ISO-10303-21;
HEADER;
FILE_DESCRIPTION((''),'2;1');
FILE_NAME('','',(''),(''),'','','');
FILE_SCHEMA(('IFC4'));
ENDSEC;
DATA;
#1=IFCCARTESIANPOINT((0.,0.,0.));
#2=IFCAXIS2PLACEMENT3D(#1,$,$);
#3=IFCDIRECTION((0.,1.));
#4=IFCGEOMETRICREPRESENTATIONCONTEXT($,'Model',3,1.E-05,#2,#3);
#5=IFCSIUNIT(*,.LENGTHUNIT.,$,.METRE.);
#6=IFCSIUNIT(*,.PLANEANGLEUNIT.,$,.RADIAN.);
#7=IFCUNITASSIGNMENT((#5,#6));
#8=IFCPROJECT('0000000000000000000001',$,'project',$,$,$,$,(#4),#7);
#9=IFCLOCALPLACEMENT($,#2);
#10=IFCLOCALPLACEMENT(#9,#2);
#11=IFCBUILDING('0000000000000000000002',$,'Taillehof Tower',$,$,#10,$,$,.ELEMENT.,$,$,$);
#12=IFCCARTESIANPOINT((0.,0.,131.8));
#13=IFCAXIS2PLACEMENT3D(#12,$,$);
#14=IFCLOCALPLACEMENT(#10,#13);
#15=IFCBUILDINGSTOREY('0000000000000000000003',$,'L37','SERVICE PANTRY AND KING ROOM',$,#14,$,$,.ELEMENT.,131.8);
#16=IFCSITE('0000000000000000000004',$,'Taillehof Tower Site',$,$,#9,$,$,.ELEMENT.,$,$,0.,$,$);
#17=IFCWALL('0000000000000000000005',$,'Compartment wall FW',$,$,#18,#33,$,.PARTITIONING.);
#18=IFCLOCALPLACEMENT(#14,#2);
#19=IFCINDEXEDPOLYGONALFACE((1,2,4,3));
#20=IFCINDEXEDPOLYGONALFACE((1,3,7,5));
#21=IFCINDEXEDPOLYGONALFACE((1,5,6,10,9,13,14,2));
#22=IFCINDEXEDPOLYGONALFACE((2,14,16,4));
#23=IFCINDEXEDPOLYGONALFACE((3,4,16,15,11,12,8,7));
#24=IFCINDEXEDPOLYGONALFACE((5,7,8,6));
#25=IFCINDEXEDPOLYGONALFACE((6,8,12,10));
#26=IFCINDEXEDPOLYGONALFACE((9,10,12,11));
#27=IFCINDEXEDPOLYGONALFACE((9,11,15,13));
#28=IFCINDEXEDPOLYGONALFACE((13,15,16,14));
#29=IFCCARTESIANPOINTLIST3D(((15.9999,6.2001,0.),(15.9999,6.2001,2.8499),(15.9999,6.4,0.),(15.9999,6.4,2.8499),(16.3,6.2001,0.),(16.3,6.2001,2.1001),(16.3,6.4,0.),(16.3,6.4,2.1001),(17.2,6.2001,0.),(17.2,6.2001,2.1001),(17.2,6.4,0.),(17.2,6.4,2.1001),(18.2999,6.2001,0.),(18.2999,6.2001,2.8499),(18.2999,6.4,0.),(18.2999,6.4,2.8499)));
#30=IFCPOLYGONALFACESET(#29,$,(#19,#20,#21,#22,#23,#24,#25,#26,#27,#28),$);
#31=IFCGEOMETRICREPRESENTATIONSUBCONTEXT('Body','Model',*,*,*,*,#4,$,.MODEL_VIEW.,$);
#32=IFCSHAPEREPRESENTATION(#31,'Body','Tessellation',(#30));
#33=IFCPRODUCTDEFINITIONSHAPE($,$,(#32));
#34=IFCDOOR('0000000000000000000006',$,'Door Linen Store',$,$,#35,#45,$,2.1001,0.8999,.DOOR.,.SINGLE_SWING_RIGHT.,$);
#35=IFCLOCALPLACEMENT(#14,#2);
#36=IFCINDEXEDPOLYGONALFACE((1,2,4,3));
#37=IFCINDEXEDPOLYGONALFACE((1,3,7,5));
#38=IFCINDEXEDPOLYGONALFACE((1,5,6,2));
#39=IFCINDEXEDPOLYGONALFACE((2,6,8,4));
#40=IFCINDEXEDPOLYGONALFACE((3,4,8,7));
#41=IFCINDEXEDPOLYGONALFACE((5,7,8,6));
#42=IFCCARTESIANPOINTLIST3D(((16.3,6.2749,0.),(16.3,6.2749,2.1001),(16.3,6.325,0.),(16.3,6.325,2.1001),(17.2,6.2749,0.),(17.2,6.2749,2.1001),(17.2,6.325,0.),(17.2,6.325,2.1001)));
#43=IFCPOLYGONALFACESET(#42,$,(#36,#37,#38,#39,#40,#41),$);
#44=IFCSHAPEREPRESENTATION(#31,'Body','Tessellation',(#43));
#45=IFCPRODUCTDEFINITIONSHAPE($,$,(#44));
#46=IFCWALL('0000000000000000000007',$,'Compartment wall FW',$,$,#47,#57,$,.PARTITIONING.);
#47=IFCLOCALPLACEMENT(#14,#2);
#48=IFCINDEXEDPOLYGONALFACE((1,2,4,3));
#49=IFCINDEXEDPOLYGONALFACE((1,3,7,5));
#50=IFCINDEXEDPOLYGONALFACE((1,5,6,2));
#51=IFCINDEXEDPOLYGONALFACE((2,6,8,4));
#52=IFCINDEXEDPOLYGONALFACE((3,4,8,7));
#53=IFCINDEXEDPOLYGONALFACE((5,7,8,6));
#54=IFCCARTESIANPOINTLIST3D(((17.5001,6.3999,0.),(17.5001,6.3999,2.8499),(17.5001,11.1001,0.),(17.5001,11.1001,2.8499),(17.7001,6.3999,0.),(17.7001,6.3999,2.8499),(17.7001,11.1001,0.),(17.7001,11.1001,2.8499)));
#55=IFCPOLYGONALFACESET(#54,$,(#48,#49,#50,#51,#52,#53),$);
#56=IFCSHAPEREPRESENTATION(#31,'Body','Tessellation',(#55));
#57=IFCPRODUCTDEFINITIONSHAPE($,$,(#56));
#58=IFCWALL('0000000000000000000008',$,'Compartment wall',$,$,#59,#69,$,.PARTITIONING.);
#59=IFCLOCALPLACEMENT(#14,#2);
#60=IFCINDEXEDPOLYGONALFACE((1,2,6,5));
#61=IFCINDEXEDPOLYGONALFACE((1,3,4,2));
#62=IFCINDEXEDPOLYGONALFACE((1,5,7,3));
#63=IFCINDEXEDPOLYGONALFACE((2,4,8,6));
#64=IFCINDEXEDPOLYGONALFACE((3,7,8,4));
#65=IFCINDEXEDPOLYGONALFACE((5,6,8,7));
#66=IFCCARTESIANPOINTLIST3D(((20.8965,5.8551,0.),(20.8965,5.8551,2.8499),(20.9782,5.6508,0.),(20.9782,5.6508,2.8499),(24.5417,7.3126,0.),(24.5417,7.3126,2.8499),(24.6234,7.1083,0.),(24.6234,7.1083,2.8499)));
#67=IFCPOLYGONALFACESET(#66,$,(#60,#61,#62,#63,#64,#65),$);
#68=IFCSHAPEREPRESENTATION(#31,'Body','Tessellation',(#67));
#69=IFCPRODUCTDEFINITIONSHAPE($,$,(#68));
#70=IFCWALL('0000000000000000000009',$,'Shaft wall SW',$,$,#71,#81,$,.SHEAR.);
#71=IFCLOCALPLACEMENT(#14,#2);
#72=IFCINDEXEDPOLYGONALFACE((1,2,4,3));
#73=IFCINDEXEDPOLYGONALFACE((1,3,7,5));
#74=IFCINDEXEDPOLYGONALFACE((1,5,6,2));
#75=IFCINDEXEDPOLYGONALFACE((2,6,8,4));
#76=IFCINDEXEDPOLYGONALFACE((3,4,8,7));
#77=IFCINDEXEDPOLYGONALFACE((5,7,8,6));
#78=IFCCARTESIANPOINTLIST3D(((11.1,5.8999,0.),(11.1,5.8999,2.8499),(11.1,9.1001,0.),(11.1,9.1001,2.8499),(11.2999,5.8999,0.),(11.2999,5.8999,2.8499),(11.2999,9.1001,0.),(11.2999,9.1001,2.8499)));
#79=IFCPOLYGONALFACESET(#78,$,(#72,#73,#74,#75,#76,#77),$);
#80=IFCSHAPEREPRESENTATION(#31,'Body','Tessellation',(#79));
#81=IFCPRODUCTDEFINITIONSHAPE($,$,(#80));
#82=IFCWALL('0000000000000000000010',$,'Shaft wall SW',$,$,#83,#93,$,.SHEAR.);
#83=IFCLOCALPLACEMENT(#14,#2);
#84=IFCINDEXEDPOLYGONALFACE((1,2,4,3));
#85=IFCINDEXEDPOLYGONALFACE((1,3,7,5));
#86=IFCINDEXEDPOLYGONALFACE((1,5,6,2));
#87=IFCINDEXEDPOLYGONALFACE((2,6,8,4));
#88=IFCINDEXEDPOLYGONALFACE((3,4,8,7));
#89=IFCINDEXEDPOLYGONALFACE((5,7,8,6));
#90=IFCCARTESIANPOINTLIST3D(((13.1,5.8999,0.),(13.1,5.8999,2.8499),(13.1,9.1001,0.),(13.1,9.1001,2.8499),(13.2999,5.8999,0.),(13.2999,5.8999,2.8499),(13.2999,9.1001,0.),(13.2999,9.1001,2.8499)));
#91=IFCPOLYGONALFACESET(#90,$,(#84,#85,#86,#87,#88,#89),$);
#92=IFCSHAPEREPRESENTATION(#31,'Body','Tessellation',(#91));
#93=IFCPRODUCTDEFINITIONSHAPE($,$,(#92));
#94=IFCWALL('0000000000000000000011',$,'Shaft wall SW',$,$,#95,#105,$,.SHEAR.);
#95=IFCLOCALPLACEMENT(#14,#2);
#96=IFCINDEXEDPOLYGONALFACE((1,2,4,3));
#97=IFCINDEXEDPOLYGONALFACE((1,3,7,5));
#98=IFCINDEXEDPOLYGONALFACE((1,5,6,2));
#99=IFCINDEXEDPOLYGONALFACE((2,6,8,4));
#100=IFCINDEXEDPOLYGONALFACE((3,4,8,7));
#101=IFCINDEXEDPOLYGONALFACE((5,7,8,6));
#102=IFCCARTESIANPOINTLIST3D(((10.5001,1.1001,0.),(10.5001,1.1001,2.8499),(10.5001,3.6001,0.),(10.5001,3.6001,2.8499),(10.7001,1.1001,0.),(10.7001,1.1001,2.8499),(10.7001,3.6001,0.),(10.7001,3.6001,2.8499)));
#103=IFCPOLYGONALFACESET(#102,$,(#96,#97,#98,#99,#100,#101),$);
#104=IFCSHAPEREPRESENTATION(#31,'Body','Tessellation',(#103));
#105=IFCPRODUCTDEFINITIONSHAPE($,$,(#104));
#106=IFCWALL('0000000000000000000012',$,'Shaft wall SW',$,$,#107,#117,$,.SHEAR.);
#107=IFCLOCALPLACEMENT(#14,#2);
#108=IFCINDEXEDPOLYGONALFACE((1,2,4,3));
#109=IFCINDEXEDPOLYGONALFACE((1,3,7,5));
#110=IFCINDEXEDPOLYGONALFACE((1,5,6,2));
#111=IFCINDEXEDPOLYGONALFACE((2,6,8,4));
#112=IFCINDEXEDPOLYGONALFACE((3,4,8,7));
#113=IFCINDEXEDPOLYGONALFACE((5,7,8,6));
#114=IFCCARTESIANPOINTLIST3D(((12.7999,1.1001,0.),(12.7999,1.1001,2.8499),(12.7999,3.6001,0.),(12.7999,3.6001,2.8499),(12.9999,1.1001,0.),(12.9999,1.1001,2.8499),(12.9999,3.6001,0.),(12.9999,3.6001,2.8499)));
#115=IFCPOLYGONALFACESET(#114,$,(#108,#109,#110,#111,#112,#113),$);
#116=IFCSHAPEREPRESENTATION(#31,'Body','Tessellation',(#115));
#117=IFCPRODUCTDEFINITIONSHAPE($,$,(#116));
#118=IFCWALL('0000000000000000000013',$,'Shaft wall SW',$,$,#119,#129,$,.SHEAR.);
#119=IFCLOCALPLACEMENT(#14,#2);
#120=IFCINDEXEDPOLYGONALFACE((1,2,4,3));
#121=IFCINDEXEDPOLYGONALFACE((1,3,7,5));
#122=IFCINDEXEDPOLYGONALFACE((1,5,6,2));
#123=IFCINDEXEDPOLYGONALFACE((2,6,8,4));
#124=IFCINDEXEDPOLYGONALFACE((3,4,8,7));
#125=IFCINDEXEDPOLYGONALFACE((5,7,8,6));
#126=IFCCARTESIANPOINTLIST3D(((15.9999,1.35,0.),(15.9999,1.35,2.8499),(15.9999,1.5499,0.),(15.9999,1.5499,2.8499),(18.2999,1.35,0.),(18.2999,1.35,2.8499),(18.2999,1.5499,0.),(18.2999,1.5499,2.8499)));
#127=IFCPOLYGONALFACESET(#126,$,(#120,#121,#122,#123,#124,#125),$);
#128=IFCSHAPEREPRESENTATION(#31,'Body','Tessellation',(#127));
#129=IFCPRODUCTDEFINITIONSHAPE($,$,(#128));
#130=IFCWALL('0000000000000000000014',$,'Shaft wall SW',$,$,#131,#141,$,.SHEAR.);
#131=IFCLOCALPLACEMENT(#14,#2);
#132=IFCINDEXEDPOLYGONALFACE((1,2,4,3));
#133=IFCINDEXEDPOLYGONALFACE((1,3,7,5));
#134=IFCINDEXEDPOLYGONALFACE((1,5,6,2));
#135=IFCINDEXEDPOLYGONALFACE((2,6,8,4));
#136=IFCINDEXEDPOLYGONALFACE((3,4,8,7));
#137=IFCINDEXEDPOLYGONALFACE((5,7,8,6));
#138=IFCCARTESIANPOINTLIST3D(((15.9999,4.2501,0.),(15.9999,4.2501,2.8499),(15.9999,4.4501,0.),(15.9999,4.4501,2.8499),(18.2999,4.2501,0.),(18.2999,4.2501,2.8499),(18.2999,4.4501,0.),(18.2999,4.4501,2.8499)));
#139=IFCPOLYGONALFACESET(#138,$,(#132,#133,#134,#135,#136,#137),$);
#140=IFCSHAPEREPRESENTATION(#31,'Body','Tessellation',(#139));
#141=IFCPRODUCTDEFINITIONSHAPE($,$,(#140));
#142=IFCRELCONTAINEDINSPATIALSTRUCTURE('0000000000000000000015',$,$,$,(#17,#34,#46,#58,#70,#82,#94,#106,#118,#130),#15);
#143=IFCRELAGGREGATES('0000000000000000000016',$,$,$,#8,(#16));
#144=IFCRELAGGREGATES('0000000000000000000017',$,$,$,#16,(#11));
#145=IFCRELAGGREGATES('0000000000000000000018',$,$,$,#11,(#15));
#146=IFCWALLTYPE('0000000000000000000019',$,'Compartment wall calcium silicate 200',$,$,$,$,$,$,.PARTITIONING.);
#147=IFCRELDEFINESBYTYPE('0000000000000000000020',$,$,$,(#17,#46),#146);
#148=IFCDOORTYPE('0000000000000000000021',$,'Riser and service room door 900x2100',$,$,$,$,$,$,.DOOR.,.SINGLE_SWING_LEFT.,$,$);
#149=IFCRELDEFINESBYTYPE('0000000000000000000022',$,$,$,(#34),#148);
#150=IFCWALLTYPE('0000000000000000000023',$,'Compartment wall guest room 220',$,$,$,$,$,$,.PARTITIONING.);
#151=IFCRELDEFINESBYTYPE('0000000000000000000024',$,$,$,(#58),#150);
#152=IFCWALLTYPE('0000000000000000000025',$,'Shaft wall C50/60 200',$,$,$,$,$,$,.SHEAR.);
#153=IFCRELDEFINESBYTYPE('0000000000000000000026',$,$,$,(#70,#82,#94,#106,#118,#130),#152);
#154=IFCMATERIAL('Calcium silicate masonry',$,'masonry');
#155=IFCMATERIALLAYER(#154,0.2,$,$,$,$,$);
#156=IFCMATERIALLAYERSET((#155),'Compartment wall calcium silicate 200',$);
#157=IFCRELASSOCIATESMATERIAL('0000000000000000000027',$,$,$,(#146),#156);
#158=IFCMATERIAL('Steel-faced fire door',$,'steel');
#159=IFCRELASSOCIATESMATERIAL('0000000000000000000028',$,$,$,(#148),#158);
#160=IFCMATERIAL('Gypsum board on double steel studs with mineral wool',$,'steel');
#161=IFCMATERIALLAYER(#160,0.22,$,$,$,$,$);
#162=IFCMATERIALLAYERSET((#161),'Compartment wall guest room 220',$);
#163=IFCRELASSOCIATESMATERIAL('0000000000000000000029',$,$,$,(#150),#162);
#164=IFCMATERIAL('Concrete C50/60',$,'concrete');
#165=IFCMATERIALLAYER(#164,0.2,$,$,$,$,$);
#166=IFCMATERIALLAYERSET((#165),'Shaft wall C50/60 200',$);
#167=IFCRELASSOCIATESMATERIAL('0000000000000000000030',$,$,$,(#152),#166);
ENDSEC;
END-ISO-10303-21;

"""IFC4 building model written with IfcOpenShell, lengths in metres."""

from ifc_helpers import new_model, si_unit, direction, frame, frame_2d, origin, place, context, subcontext, project, spatial, rectangle, extrude, material, layer, layer_set, type_object, element, fill, save


model = new_model("IFC4")

# Units and contexts
model_context = context("Model", 3, precision=1e-05, world=origin(), true_north=direction((0.0, 1.0)))
body_context = subcontext(model_context, "Body", "Model", "MODEL_VIEW")
ifc_project = project(units=[si_unit("LENGTHUNIT", "METRE"), si_unit("PLANEANGLEUNIT", "RADIAN")], contexts=[model_context])

# Site, building, storey
site_placement = place(None, origin())
site = spatial("IfcSite", under=ifc_project, at=site_placement, Name="Taillehof Tower Site", CompositionType="ELEMENT", RefElevation=0.0)
building_placement = place(site_placement, origin())
building = spatial("IfcBuilding", under=site, at=building_placement, Name="Taillehof Tower", CompositionType="ELEMENT")
storey_placement = place(building_placement, frame((0.0, 0.0, 131.8)))
storey = spatial("IfcBuildingStorey", under=building, at=storey_placement, Name="L37", Description="SERVICE PANTRY AND KING ROOM", CompositionType="ELEMENT", Elevation=131.8)

# Wall, opening, door
ifc_material_1 = material(Name="Calcium silicate masonry", Category="masonry")
ifc_layer_1 = layer(ifc_material_1, 0.2)
ifc_layer_set_1 = layer_set([ifc_layer_1], Name="Compartment wall calcium silicate 200")
wall_type_1 = type_object("IfcWallType", Name="Compartment wall calcium silicate 200", PredefinedType="PARTITIONING", material=ifc_layer_set_1)
wall_1_placement = place(storey_placement, frame((16.0, 6.3, 0.0), z_axis=(0.0, 0.0, 1.0), x_axis=(1.0, 0.0, 0.0)))
wall_1 = element("IfcWall", 1, at=wall_1_placement, inside=storey, type_object=wall_type_1, Name="Compartment wall FW", PredefinedType="PARTITIONING", context=body_context, shape_type="SweptSolid", body=[
    extrude(rectangle(XDim=2.3, YDim=0.2, at=frame_2d((1.1499, 0.0))), origin(), (0.0, 0.0, 1.0), 2.8499),
])
opening_1_placement = place(wall_1_placement, frame((0.3, 0.0, 0.0)))
opening_1 = element("IfcOpeningElement", 2, at=opening_1_placement, cuts=wall_1, PredefinedType="OPENING", context=body_context, shape_type="SweptSolid", body=[
    extrude(rectangle(XDim=0.8999, YDim=2.1001, at=frame_2d((0.45, 1.05))), frame((0.0, 0.1099, 0.0), z_axis=(0.0, -1.0, 0.0), x_axis=(1.0, 0.0, 0.0)), (0.0, 0.0, 1.0), 0.22),
])
ifc_material_2 = material(Name="Steel-faced fire door", Category="steel")
door_type = type_object("IfcDoorType", Name="Riser and service room door 900x2100", OperationType="SINGLE_SWING_LEFT", PredefinedType="DOOR", material=ifc_material_2)
door_placement = place(opening_1_placement, origin())
door = element("IfcDoor", 3, at=door_placement, inside=storey, type_object=door_type, Name="Door Linen Store", OperationType="SINGLE_SWING_RIGHT", OverallHeight=2.1001, OverallWidth=0.8999, PredefinedType="DOOR", context=body_context, shape_type="SweptSolid", body=[
    extrude(rectangle(XDim=0.8999, YDim=2.1001, at=frame_2d((0.45, 1.05))), frame((0.0, 0.0249, 0.0), z_axis=(0.0, -1.0, 0.0), x_axis=(1.0, 0.0, 0.0)), (0.0, 0.0, 1.0), 0.05),
])
fill(opening_1, door)

# Walls
wall_2_placement = place(storey_placement, frame((17.6001, 6.3999, 0.0), z_axis=(0.0, 0.0, 1.0), x_axis=(0.0, 1.0, 0.0)))
element("IfcWall", 4, at=wall_2_placement, inside=storey, type_object=wall_type_1, Name="Compartment wall FW", PredefinedType="PARTITIONING", context=body_context, shape_type="SweptSolid", body=[
    extrude(rectangle(XDim=4.7002, YDim=0.2, at=frame_2d((2.3501, 0.0))), origin(), (0.0, 0.0, 1.0), 2.8499),
])
ifc_material_3 = material(Name="Gypsum board on double steel studs with mineral wool", Category="steel")
ifc_layer_2 = layer(ifc_material_3, 0.22)
ifc_layer_set_2 = layer_set([ifc_layer_2], Name="Compartment wall guest room 220")
wall_type_2 = type_object("IfcWallType", Name="Compartment wall guest room 220", PredefinedType="PARTITIONING", material=ifc_layer_set_2)
wall_3_placement = place(storey_placement, frame((24.5825, 7.2104, 0.0), z_axis=(0.0, 0.0, 1.0), x_axis=(-0.928528, -0.371262, 0.0)))
element("IfcWall", 5, at=wall_3_placement, inside=storey, type_object=wall_type_2, Name="Compartment wall", PredefinedType="PARTITIONING", context=body_context, shape_type="SweptSolid", body=[
    extrude(rectangle(XDim=3.9258, YDim=0.22, at=frame_2d((1.9629, 0.0))), origin(), (0.0, 0.0, 1.0), 2.8499),
])
ifc_material_4 = material(Name="Concrete C50/60", Category="concrete")
ifc_layer_3 = layer(ifc_material_4, 0.2)
ifc_layer_set_3 = layer_set([ifc_layer_3], Name="Shaft wall C50/60 200")
wall_type_3 = type_object("IfcWallType", Name="Shaft wall C50/60 200", PredefinedType="SHEAR", material=ifc_layer_set_3)
for number, where, z_axis, x_axis, name in (
    (6, (11.2, 5.8999, 0.0), (0.0, 0.0, 1.0), (0.0, 1.0, 0.0), "Shaft wall SW"),
    (7, (13.2, 5.8999, 0.0), (0.0, 0.0, 1.0), (0.0, 1.0, 0.0), "Shaft wall SW"),
):
    element("IfcWall", number, at=place(storey_placement, frame(where, z_axis=z_axis, x_axis=x_axis)), inside=storey, type_object=wall_type_3, Name=name, PredefinedType="SHEAR", context=body_context, shape_type="SweptSolid", body=[
        extrude(rectangle(XDim=3.2002, YDim=0.2, at=frame_2d((1.6001, 0.0))), origin(), (0.0, 0.0, 1.0), 2.8499),
    ])
for number, where, z_axis, x_axis, name in (
    (8, (10.6001, 1.1001, 0.0), (0.0, 0.0, 1.0), (0.0, 1.0, 0.0), "Shaft wall SW"),
    (9, (12.8999, 1.1001, 0.0), (0.0, 0.0, 1.0), (0.0, 1.0, 0.0), "Shaft wall SW"),
):
    element("IfcWall", number, at=place(storey_placement, frame(where, z_axis=z_axis, x_axis=x_axis)), inside=storey, type_object=wall_type_3, Name=name, PredefinedType="SHEAR", context=body_context, shape_type="SweptSolid", body=[
        extrude(rectangle(XDim=2.5, YDim=0.2, at=frame_2d((1.25, 0.0))), origin(), (0.0, 0.0, 1.0), 2.8499),
    ])
for number, where, z_axis, x_axis, name in (
    (10, (16.0, 1.45, 0.0), (0.0, 0.0, 1.0), (1.0, 0.0, 0.0), "Shaft wall SW"),
    (11, (16.0, 4.3501, 0.0), (0.0, 0.0, 1.0), (1.0, 0.0, 0.0), "Shaft wall SW"),
):
    element("IfcWall", number, at=place(storey_placement, frame(where, z_axis=z_axis, x_axis=x_axis)), inside=storey, type_object=wall_type_3, Name=name, PredefinedType="SHEAR", context=body_context, shape_type="SweptSolid", body=[
        extrude(rectangle(XDim=2.3, YDim=0.2, at=frame_2d((1.1499, 0.0))), origin(), (0.0, 0.0, 1.0), 2.8499),
    ])

save(model, "model.ifc")
